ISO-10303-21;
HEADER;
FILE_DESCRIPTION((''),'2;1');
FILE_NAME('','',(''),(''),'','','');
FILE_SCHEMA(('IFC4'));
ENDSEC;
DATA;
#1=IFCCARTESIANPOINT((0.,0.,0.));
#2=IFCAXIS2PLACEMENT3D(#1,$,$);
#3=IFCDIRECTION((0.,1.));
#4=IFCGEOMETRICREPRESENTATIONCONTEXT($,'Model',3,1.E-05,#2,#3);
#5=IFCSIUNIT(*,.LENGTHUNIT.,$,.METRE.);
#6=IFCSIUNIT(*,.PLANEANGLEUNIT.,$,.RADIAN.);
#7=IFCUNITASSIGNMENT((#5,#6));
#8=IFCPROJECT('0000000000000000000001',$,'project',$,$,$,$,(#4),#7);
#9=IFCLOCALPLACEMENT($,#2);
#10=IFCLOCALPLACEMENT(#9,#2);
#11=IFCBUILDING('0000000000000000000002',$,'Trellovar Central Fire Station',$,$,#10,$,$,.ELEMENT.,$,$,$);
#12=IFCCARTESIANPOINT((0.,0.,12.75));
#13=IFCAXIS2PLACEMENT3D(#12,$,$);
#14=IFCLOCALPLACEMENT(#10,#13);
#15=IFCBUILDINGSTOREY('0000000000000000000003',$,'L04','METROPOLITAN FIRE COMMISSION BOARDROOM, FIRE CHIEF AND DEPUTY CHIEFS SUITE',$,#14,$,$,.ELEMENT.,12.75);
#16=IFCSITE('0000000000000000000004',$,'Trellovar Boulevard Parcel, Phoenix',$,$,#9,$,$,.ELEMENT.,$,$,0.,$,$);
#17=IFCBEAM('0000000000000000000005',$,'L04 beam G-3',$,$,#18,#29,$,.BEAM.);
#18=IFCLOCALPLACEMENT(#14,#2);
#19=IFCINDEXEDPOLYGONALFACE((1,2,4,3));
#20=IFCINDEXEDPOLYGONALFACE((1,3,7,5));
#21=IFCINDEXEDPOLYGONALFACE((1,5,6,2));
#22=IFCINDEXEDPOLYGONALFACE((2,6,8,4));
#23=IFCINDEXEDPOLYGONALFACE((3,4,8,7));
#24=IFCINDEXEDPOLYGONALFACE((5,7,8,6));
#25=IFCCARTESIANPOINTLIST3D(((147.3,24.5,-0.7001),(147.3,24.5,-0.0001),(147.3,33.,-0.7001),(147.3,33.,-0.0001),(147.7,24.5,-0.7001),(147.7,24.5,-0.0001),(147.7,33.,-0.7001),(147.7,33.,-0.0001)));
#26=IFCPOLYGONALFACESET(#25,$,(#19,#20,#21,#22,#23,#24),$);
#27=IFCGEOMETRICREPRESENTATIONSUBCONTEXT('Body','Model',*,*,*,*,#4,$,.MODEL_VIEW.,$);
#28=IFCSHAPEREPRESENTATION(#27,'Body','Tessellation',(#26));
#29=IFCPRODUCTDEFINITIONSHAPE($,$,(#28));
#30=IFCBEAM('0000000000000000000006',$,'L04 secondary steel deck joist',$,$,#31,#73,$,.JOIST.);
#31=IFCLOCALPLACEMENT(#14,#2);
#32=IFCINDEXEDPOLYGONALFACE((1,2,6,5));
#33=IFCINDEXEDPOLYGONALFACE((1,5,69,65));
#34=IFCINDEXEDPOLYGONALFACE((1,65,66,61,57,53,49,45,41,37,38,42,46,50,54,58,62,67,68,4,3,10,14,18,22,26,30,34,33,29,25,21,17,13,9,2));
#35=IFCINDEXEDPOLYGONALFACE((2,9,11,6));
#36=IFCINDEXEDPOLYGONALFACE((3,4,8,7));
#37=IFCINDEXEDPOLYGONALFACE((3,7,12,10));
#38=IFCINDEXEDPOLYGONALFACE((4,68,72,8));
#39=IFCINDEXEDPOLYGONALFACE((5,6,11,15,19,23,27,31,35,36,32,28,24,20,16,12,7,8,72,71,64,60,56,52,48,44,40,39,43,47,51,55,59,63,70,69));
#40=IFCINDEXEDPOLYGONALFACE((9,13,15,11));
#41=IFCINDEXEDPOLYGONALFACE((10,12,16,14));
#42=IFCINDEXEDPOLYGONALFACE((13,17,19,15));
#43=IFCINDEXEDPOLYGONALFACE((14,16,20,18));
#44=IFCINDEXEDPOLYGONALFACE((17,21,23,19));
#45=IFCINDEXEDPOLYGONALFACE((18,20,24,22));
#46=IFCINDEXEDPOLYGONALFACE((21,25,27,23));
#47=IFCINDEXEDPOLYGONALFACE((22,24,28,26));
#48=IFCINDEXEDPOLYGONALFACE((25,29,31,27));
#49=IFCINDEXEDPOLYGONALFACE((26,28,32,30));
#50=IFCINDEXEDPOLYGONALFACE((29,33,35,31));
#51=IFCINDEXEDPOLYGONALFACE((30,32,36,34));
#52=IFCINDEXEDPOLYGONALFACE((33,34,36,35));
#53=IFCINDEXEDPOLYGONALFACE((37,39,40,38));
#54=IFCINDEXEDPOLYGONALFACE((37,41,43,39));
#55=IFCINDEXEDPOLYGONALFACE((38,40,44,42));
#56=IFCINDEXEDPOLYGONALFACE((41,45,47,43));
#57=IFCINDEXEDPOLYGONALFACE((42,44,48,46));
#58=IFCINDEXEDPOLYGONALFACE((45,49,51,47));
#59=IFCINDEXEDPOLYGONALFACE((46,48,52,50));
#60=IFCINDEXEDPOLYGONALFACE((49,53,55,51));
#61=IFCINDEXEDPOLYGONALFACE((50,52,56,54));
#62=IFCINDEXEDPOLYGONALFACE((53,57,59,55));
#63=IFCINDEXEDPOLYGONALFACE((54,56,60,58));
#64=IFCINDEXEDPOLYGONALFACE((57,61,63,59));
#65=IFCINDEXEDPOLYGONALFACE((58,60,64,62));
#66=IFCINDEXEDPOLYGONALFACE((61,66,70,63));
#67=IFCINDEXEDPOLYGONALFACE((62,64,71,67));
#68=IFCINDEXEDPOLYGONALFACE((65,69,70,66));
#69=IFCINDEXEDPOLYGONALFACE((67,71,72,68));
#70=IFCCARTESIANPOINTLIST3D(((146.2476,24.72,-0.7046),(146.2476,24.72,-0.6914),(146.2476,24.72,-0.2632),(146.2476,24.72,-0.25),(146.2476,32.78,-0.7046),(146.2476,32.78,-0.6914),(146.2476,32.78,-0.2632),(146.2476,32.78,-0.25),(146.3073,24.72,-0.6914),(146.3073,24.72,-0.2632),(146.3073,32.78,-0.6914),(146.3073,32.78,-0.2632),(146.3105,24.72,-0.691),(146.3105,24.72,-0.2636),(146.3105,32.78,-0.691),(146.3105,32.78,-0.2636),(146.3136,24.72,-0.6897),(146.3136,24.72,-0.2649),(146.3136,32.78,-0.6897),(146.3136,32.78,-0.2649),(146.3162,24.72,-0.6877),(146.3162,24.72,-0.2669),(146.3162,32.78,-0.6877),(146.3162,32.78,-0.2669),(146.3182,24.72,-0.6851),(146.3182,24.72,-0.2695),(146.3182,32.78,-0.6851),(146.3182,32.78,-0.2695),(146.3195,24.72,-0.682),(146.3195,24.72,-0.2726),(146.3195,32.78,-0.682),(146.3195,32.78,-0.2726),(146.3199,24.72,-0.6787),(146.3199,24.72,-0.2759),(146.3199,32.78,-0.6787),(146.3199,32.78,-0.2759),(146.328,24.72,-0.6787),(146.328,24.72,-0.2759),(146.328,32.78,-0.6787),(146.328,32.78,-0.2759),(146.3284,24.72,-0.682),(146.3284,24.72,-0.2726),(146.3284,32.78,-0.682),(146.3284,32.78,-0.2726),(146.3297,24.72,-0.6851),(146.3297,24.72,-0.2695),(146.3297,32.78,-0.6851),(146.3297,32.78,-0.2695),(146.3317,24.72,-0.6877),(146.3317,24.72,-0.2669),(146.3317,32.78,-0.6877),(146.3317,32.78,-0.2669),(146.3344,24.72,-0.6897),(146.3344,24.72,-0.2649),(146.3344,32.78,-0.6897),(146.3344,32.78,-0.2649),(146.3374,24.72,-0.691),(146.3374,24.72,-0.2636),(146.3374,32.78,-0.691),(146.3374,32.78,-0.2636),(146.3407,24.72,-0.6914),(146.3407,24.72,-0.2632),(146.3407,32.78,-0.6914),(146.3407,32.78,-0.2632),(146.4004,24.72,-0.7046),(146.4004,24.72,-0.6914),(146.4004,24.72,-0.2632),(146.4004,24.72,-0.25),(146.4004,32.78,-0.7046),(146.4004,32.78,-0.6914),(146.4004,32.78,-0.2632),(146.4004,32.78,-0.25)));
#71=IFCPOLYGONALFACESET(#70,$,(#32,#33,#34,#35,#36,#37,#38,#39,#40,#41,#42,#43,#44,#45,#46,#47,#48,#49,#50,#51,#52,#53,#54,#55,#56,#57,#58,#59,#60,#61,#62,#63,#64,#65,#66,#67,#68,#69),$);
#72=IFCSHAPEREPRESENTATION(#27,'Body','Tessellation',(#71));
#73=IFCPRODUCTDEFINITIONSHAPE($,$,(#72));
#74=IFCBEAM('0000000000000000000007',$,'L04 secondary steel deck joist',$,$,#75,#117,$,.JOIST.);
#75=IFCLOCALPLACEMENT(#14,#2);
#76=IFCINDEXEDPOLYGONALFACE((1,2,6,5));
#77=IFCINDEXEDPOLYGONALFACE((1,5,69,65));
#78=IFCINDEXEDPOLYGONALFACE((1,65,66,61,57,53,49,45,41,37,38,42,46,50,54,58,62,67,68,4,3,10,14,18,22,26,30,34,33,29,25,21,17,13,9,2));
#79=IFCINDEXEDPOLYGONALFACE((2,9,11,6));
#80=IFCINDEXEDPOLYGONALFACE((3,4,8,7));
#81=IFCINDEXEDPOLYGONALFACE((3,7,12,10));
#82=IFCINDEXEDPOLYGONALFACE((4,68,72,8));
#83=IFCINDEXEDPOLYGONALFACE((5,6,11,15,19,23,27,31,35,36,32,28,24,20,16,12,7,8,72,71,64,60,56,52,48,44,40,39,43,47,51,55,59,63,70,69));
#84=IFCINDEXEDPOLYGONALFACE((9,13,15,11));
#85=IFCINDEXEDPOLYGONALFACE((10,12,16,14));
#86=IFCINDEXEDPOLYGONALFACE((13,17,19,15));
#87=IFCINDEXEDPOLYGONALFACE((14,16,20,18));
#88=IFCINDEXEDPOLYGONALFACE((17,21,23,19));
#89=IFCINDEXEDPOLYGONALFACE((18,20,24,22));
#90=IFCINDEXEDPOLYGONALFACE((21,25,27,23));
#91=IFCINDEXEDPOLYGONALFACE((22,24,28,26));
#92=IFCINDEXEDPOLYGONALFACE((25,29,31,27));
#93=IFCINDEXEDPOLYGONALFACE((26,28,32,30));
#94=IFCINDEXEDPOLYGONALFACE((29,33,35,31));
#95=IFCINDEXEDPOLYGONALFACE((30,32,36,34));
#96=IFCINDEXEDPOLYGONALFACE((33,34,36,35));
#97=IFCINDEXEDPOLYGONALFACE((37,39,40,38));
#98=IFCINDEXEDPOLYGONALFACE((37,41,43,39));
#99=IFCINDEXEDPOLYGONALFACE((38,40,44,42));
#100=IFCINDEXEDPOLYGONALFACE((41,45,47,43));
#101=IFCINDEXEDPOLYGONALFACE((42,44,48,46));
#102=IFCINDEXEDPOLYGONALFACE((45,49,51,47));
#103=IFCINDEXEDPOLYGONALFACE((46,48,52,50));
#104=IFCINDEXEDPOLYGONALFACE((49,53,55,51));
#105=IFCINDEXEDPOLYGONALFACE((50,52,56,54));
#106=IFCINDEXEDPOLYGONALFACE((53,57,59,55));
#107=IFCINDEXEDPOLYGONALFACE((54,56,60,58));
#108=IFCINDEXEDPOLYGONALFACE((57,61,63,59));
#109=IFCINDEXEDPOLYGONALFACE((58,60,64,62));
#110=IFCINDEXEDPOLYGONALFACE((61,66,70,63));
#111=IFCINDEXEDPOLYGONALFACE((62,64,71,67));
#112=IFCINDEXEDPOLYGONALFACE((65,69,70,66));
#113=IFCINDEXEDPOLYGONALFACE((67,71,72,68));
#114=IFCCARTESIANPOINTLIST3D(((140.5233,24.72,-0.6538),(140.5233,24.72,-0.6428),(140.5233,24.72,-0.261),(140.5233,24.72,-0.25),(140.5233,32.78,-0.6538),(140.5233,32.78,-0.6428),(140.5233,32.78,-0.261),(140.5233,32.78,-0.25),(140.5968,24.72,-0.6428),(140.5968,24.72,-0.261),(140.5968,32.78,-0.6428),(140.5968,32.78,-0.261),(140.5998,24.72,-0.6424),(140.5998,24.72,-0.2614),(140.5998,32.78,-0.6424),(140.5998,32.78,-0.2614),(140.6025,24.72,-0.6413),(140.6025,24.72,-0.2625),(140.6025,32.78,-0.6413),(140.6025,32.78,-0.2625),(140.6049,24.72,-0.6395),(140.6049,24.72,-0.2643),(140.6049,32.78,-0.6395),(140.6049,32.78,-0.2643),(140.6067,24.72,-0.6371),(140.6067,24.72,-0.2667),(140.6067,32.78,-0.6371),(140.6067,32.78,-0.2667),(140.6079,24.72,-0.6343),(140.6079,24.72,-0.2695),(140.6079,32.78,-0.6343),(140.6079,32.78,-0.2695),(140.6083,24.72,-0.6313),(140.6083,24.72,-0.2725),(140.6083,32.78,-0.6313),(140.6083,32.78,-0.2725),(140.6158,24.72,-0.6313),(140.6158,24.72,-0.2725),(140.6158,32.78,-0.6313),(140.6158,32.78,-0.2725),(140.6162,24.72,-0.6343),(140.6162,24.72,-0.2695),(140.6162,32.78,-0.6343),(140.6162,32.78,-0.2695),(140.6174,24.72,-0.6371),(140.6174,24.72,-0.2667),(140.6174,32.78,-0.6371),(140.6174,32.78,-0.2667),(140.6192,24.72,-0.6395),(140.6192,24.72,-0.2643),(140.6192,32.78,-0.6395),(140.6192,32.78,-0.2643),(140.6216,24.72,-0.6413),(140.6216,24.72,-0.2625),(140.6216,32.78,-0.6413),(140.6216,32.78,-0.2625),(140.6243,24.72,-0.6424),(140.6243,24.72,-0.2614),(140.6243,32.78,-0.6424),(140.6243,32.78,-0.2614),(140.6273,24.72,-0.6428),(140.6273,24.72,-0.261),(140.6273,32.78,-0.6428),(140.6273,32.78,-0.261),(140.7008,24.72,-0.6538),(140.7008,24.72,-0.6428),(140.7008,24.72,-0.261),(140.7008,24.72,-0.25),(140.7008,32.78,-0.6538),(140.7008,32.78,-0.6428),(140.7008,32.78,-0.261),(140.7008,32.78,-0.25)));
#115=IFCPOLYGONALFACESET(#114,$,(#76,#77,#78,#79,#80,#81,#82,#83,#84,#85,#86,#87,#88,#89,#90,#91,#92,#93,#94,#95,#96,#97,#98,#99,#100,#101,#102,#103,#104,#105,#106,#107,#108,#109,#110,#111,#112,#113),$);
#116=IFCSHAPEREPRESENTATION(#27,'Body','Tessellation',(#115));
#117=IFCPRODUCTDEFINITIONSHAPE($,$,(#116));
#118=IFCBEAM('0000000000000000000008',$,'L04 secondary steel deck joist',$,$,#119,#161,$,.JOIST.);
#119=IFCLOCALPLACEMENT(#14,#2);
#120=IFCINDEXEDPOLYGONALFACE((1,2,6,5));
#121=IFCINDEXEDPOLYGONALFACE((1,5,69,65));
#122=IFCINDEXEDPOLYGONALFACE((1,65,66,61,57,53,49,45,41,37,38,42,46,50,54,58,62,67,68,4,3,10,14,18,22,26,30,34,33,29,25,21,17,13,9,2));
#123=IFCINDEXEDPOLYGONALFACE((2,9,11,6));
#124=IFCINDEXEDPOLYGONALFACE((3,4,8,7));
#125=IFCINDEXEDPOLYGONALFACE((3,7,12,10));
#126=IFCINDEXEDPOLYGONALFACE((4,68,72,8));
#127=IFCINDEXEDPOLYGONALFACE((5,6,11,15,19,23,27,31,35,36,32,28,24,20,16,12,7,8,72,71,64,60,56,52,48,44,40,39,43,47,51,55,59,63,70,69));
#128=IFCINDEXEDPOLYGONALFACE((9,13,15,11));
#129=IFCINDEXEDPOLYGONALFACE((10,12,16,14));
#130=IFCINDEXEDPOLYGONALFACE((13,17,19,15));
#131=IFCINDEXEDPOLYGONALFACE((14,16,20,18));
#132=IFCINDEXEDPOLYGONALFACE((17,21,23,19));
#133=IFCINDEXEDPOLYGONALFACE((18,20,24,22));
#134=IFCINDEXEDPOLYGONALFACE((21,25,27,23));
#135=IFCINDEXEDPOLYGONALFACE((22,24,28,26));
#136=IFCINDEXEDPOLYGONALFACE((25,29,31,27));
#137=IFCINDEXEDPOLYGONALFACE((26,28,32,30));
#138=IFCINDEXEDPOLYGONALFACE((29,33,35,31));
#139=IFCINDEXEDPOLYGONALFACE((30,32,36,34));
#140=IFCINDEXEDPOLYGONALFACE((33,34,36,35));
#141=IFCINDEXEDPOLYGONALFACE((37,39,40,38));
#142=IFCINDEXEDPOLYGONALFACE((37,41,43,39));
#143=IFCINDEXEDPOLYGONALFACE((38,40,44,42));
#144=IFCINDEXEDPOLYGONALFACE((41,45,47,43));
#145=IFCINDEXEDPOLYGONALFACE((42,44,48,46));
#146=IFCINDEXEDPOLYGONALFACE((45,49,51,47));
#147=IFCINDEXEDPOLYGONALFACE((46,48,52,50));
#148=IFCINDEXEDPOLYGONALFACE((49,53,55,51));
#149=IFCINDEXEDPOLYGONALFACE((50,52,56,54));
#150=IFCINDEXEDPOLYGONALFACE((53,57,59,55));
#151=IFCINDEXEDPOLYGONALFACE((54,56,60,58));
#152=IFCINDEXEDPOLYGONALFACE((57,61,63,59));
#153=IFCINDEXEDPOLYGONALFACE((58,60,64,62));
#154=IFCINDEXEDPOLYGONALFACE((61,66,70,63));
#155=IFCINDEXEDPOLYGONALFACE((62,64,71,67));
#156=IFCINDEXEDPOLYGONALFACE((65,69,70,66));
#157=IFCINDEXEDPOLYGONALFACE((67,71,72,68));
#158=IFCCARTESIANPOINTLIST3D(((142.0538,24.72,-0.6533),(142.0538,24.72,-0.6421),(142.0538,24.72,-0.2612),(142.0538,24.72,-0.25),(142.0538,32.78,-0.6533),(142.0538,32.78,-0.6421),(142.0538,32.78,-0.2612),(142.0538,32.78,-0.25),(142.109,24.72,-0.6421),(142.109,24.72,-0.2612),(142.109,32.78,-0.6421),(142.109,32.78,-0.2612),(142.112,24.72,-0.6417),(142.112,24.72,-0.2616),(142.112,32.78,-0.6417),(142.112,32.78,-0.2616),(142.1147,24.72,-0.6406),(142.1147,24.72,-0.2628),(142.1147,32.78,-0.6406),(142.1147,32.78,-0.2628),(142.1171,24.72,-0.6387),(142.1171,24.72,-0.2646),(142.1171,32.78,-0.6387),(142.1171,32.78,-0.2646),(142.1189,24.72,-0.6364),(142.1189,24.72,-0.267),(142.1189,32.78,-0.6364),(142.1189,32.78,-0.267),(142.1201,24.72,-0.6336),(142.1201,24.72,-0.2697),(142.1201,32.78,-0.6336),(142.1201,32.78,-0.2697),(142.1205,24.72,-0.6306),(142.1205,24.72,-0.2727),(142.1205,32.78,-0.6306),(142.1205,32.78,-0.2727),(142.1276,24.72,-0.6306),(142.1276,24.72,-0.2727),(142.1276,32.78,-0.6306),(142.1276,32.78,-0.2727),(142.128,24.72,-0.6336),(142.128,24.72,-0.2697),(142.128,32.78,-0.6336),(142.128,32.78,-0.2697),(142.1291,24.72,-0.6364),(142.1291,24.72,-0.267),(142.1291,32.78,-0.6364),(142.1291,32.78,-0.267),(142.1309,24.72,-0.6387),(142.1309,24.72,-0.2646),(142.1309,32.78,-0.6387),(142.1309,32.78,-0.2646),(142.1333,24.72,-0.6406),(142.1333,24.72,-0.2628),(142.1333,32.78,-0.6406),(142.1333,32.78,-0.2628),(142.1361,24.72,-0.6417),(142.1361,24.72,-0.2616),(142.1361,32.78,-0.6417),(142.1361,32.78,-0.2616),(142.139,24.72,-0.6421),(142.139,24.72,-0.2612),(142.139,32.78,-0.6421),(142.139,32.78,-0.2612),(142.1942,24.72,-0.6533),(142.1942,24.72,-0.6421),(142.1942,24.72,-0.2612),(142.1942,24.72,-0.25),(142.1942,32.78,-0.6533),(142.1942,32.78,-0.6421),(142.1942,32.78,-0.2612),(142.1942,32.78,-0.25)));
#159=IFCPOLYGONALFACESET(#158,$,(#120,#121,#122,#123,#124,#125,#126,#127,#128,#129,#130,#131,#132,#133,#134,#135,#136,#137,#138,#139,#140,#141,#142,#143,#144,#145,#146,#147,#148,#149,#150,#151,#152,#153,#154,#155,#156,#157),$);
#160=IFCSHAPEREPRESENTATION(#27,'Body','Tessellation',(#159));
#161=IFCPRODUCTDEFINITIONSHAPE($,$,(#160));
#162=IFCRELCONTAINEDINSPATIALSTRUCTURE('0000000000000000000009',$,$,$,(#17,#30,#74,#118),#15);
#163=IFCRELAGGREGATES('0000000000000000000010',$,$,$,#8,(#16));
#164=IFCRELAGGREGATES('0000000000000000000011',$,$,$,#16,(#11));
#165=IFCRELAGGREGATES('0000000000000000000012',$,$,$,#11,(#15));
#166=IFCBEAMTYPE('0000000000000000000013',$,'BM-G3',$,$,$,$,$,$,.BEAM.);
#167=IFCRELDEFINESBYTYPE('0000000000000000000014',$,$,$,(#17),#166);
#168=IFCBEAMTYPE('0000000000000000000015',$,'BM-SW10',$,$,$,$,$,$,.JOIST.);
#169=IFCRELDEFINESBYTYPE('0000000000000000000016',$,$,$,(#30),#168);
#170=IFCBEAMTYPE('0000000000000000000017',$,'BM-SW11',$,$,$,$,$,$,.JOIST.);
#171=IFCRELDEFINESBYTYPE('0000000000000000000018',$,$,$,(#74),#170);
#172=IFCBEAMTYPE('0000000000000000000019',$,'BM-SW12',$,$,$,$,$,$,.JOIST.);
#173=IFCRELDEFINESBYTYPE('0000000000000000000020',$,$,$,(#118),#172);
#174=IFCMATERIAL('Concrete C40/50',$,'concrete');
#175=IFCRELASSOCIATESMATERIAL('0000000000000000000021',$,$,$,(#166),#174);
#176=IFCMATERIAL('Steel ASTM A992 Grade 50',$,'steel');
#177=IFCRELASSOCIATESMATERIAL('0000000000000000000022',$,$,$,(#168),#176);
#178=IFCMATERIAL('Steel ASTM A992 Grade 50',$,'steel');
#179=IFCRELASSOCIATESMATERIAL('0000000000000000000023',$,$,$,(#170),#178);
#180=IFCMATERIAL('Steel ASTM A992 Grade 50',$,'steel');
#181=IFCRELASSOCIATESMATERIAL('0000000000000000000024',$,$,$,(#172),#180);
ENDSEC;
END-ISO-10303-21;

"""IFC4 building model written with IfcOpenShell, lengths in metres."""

from ifc_helpers import new_model, si_unit, direction, frame, origin, origin_2d, place, context, subcontext, project, spatial, rectangle, i_section, extrude, material, material_profile, profile_set, type_object, element, save


model = new_model("IFC4")

# Units and contexts
model_context = context("Model", 3, precision=1e-05, world=origin(), true_north=direction((0.0, 1.0)))
body_context = subcontext(model_context, "Body", "Model", "MODEL_VIEW")
ifc_project = project(units=[si_unit("LENGTHUNIT", "METRE"), si_unit("PLANEANGLEUNIT", "RADIAN")], contexts=[model_context])

# Site, building, storey
site_placement = place(None, origin())
site = spatial("IfcSite", under=ifc_project, at=site_placement, Name="Trellovar Boulevard Parcel, Phoenix", CompositionType="ELEMENT", RefElevation=0.0)
building_placement = place(site_placement, origin())
building = spatial("IfcBuilding", under=site, at=building_placement, Name="Trellovar Central Fire Station", CompositionType="ELEMENT")
storey_placement = place(building_placement, frame((0.0, 0.0, 12.75)))
storey = spatial("IfcBuildingStorey", under=building, at=storey_placement, Name="L04", Description="METROPOLITAN FIRE COMMISSION BOARDROOM, FIRE CHIEF AND DEPUTY CHIEFS SUITE", CompositionType="ELEMENT", Elevation=12.75)

# Beams
ifc_material_1 = material(Name="Concrete C40/50", Category="concrete")
ifc_material_profile_1 = material_profile(ifc_material_1, rectangle(XDim=0.3999, YDim=0.7, at=origin_2d()), Name="RC400X700")
ifc_profile_set_1 = profile_set([ifc_material_profile_1], Name="Concrete C40/50")
beam_type_1 = type_object("IfcBeamType", Name="BM-G3", PredefinedType="BEAM", material=ifc_profile_set_1)
beam_1_placement = place(storey_placement, frame((147.5, 24.5, -0.3501), z_axis=(0.0, 1.0, 0.0), x_axis=(-1.0, 0.0, 0.0)))
element("IfcBeam", 1, at=beam_1_placement, inside=storey, type_object=beam_type_1, Name="L04 beam G-3", PredefinedType="BEAM", context=body_context, shape_type="SweptSolid", body=[
    extrude(rectangle(XDim=0.3999, YDim=0.7, at=origin_2d()), origin(), (0.0, 0.0, 1.0), 8.5),
])
ifc_material_2 = material(Name="Steel ASTM A992 Grade 50", Category="steel")
ifc_material_profile_2 = material_profile(ifc_material_2, i_section(OverallWidth=0.1528, OverallDepth=0.4546, WebThickness=0.0081, FlangeThickness=0.0132, FilletRadius=0.0127, at=origin_2d()), Name="W18X40")
ifc_profile_set_2 = profile_set([ifc_material_profile_2], Name="Steel ASTM A992 Grade 50")
beam_type_2 = type_object("IfcBeamType", Name="BM-SW10", PredefinedType="JOIST", material=ifc_profile_set_2)
beam_2_placement = place(storey_placement, frame((146.324, 24.72, -0.4773), z_axis=(0.0, 1.0, 0.0), x_axis=(-1.0, 0.0, 0.0)))
element("IfcBeam", 2, at=beam_2_placement, inside=storey, type_object=beam_type_2, Name="L04 secondary steel deck joist", PredefinedType="JOIST", context=body_context, shape_type="SweptSolid", body=[
    extrude(i_section(OverallWidth=0.1528, OverallDepth=0.4546, WebThickness=0.0081, FlangeThickness=0.0132, FilletRadius=0.0127, at=origin_2d()), origin(), (0.0, 0.0, 1.0), 8.0601),
])
ifc_material_3 = material(Name="Steel ASTM A992 Grade 50", Category="steel")
ifc_material_profile_3 = material_profile(ifc_material_3, i_section(OverallWidth=0.1775, OverallDepth=0.4038, WebThickness=0.0076, FlangeThickness=0.011, FilletRadius=0.0115, at=origin_2d()), Name="W16X36")
ifc_profile_set_3 = profile_set([ifc_material_profile_3], Name="Steel ASTM A992 Grade 50")
beam_type_3 = type_object("IfcBeamType", Name="BM-SW11", PredefinedType="JOIST", material=ifc_profile_set_3)
beam_3_placement = place(storey_placement, frame((140.6121, 24.72, -0.4519), z_axis=(0.0, 1.0, 0.0), x_axis=(-1.0, 0.0, 0.0)))
element("IfcBeam", 3, at=beam_3_placement, inside=storey, type_object=beam_type_3, Name="L04 secondary steel deck joist", PredefinedType="JOIST", context=body_context, shape_type="SweptSolid", body=[
    extrude(i_section(OverallWidth=0.1775, OverallDepth=0.4038, WebThickness=0.0076, FlangeThickness=0.011, FilletRadius=0.0115, at=origin_2d()), origin(), (0.0, 0.0, 1.0), 8.0601),
])
ifc_material_4 = material(Name="Steel ASTM A992 Grade 50", Category="steel")
ifc_material_profile_4 = material_profile(ifc_material_4, i_section(OverallWidth=0.1404, OverallDepth=0.4033, WebThickness=0.0071, FlangeThickness=0.0112, FilletRadius=0.0115, at=origin_2d()), Name="W16X31")
ifc_profile_set_4 = profile_set([ifc_material_profile_4], Name="Steel ASTM A992 Grade 50")
beam_type_4 = type_object("IfcBeamType", Name="BM-SW12", PredefinedType="JOIST", material=ifc_profile_set_4)
beam_4_placement = place(storey_placement, frame((142.124, 24.72, -0.4517), z_axis=(0.0, 1.0, 0.0), x_axis=(-1.0, 0.0, 0.0)))
element("IfcBeam", 4, at=beam_4_placement, inside=storey, type_object=beam_type_4, Name="L04 secondary steel deck joist", PredefinedType="JOIST", context=body_context, shape_type="SweptSolid", body=[
    extrude(i_section(OverallWidth=0.1404, OverallDepth=0.4033, WebThickness=0.0071, FlangeThickness=0.0112, FilletRadius=0.0115, at=origin_2d()), origin(), (0.0, 0.0, 1.0), 8.0601),
])

save(model, "model.ifc")
